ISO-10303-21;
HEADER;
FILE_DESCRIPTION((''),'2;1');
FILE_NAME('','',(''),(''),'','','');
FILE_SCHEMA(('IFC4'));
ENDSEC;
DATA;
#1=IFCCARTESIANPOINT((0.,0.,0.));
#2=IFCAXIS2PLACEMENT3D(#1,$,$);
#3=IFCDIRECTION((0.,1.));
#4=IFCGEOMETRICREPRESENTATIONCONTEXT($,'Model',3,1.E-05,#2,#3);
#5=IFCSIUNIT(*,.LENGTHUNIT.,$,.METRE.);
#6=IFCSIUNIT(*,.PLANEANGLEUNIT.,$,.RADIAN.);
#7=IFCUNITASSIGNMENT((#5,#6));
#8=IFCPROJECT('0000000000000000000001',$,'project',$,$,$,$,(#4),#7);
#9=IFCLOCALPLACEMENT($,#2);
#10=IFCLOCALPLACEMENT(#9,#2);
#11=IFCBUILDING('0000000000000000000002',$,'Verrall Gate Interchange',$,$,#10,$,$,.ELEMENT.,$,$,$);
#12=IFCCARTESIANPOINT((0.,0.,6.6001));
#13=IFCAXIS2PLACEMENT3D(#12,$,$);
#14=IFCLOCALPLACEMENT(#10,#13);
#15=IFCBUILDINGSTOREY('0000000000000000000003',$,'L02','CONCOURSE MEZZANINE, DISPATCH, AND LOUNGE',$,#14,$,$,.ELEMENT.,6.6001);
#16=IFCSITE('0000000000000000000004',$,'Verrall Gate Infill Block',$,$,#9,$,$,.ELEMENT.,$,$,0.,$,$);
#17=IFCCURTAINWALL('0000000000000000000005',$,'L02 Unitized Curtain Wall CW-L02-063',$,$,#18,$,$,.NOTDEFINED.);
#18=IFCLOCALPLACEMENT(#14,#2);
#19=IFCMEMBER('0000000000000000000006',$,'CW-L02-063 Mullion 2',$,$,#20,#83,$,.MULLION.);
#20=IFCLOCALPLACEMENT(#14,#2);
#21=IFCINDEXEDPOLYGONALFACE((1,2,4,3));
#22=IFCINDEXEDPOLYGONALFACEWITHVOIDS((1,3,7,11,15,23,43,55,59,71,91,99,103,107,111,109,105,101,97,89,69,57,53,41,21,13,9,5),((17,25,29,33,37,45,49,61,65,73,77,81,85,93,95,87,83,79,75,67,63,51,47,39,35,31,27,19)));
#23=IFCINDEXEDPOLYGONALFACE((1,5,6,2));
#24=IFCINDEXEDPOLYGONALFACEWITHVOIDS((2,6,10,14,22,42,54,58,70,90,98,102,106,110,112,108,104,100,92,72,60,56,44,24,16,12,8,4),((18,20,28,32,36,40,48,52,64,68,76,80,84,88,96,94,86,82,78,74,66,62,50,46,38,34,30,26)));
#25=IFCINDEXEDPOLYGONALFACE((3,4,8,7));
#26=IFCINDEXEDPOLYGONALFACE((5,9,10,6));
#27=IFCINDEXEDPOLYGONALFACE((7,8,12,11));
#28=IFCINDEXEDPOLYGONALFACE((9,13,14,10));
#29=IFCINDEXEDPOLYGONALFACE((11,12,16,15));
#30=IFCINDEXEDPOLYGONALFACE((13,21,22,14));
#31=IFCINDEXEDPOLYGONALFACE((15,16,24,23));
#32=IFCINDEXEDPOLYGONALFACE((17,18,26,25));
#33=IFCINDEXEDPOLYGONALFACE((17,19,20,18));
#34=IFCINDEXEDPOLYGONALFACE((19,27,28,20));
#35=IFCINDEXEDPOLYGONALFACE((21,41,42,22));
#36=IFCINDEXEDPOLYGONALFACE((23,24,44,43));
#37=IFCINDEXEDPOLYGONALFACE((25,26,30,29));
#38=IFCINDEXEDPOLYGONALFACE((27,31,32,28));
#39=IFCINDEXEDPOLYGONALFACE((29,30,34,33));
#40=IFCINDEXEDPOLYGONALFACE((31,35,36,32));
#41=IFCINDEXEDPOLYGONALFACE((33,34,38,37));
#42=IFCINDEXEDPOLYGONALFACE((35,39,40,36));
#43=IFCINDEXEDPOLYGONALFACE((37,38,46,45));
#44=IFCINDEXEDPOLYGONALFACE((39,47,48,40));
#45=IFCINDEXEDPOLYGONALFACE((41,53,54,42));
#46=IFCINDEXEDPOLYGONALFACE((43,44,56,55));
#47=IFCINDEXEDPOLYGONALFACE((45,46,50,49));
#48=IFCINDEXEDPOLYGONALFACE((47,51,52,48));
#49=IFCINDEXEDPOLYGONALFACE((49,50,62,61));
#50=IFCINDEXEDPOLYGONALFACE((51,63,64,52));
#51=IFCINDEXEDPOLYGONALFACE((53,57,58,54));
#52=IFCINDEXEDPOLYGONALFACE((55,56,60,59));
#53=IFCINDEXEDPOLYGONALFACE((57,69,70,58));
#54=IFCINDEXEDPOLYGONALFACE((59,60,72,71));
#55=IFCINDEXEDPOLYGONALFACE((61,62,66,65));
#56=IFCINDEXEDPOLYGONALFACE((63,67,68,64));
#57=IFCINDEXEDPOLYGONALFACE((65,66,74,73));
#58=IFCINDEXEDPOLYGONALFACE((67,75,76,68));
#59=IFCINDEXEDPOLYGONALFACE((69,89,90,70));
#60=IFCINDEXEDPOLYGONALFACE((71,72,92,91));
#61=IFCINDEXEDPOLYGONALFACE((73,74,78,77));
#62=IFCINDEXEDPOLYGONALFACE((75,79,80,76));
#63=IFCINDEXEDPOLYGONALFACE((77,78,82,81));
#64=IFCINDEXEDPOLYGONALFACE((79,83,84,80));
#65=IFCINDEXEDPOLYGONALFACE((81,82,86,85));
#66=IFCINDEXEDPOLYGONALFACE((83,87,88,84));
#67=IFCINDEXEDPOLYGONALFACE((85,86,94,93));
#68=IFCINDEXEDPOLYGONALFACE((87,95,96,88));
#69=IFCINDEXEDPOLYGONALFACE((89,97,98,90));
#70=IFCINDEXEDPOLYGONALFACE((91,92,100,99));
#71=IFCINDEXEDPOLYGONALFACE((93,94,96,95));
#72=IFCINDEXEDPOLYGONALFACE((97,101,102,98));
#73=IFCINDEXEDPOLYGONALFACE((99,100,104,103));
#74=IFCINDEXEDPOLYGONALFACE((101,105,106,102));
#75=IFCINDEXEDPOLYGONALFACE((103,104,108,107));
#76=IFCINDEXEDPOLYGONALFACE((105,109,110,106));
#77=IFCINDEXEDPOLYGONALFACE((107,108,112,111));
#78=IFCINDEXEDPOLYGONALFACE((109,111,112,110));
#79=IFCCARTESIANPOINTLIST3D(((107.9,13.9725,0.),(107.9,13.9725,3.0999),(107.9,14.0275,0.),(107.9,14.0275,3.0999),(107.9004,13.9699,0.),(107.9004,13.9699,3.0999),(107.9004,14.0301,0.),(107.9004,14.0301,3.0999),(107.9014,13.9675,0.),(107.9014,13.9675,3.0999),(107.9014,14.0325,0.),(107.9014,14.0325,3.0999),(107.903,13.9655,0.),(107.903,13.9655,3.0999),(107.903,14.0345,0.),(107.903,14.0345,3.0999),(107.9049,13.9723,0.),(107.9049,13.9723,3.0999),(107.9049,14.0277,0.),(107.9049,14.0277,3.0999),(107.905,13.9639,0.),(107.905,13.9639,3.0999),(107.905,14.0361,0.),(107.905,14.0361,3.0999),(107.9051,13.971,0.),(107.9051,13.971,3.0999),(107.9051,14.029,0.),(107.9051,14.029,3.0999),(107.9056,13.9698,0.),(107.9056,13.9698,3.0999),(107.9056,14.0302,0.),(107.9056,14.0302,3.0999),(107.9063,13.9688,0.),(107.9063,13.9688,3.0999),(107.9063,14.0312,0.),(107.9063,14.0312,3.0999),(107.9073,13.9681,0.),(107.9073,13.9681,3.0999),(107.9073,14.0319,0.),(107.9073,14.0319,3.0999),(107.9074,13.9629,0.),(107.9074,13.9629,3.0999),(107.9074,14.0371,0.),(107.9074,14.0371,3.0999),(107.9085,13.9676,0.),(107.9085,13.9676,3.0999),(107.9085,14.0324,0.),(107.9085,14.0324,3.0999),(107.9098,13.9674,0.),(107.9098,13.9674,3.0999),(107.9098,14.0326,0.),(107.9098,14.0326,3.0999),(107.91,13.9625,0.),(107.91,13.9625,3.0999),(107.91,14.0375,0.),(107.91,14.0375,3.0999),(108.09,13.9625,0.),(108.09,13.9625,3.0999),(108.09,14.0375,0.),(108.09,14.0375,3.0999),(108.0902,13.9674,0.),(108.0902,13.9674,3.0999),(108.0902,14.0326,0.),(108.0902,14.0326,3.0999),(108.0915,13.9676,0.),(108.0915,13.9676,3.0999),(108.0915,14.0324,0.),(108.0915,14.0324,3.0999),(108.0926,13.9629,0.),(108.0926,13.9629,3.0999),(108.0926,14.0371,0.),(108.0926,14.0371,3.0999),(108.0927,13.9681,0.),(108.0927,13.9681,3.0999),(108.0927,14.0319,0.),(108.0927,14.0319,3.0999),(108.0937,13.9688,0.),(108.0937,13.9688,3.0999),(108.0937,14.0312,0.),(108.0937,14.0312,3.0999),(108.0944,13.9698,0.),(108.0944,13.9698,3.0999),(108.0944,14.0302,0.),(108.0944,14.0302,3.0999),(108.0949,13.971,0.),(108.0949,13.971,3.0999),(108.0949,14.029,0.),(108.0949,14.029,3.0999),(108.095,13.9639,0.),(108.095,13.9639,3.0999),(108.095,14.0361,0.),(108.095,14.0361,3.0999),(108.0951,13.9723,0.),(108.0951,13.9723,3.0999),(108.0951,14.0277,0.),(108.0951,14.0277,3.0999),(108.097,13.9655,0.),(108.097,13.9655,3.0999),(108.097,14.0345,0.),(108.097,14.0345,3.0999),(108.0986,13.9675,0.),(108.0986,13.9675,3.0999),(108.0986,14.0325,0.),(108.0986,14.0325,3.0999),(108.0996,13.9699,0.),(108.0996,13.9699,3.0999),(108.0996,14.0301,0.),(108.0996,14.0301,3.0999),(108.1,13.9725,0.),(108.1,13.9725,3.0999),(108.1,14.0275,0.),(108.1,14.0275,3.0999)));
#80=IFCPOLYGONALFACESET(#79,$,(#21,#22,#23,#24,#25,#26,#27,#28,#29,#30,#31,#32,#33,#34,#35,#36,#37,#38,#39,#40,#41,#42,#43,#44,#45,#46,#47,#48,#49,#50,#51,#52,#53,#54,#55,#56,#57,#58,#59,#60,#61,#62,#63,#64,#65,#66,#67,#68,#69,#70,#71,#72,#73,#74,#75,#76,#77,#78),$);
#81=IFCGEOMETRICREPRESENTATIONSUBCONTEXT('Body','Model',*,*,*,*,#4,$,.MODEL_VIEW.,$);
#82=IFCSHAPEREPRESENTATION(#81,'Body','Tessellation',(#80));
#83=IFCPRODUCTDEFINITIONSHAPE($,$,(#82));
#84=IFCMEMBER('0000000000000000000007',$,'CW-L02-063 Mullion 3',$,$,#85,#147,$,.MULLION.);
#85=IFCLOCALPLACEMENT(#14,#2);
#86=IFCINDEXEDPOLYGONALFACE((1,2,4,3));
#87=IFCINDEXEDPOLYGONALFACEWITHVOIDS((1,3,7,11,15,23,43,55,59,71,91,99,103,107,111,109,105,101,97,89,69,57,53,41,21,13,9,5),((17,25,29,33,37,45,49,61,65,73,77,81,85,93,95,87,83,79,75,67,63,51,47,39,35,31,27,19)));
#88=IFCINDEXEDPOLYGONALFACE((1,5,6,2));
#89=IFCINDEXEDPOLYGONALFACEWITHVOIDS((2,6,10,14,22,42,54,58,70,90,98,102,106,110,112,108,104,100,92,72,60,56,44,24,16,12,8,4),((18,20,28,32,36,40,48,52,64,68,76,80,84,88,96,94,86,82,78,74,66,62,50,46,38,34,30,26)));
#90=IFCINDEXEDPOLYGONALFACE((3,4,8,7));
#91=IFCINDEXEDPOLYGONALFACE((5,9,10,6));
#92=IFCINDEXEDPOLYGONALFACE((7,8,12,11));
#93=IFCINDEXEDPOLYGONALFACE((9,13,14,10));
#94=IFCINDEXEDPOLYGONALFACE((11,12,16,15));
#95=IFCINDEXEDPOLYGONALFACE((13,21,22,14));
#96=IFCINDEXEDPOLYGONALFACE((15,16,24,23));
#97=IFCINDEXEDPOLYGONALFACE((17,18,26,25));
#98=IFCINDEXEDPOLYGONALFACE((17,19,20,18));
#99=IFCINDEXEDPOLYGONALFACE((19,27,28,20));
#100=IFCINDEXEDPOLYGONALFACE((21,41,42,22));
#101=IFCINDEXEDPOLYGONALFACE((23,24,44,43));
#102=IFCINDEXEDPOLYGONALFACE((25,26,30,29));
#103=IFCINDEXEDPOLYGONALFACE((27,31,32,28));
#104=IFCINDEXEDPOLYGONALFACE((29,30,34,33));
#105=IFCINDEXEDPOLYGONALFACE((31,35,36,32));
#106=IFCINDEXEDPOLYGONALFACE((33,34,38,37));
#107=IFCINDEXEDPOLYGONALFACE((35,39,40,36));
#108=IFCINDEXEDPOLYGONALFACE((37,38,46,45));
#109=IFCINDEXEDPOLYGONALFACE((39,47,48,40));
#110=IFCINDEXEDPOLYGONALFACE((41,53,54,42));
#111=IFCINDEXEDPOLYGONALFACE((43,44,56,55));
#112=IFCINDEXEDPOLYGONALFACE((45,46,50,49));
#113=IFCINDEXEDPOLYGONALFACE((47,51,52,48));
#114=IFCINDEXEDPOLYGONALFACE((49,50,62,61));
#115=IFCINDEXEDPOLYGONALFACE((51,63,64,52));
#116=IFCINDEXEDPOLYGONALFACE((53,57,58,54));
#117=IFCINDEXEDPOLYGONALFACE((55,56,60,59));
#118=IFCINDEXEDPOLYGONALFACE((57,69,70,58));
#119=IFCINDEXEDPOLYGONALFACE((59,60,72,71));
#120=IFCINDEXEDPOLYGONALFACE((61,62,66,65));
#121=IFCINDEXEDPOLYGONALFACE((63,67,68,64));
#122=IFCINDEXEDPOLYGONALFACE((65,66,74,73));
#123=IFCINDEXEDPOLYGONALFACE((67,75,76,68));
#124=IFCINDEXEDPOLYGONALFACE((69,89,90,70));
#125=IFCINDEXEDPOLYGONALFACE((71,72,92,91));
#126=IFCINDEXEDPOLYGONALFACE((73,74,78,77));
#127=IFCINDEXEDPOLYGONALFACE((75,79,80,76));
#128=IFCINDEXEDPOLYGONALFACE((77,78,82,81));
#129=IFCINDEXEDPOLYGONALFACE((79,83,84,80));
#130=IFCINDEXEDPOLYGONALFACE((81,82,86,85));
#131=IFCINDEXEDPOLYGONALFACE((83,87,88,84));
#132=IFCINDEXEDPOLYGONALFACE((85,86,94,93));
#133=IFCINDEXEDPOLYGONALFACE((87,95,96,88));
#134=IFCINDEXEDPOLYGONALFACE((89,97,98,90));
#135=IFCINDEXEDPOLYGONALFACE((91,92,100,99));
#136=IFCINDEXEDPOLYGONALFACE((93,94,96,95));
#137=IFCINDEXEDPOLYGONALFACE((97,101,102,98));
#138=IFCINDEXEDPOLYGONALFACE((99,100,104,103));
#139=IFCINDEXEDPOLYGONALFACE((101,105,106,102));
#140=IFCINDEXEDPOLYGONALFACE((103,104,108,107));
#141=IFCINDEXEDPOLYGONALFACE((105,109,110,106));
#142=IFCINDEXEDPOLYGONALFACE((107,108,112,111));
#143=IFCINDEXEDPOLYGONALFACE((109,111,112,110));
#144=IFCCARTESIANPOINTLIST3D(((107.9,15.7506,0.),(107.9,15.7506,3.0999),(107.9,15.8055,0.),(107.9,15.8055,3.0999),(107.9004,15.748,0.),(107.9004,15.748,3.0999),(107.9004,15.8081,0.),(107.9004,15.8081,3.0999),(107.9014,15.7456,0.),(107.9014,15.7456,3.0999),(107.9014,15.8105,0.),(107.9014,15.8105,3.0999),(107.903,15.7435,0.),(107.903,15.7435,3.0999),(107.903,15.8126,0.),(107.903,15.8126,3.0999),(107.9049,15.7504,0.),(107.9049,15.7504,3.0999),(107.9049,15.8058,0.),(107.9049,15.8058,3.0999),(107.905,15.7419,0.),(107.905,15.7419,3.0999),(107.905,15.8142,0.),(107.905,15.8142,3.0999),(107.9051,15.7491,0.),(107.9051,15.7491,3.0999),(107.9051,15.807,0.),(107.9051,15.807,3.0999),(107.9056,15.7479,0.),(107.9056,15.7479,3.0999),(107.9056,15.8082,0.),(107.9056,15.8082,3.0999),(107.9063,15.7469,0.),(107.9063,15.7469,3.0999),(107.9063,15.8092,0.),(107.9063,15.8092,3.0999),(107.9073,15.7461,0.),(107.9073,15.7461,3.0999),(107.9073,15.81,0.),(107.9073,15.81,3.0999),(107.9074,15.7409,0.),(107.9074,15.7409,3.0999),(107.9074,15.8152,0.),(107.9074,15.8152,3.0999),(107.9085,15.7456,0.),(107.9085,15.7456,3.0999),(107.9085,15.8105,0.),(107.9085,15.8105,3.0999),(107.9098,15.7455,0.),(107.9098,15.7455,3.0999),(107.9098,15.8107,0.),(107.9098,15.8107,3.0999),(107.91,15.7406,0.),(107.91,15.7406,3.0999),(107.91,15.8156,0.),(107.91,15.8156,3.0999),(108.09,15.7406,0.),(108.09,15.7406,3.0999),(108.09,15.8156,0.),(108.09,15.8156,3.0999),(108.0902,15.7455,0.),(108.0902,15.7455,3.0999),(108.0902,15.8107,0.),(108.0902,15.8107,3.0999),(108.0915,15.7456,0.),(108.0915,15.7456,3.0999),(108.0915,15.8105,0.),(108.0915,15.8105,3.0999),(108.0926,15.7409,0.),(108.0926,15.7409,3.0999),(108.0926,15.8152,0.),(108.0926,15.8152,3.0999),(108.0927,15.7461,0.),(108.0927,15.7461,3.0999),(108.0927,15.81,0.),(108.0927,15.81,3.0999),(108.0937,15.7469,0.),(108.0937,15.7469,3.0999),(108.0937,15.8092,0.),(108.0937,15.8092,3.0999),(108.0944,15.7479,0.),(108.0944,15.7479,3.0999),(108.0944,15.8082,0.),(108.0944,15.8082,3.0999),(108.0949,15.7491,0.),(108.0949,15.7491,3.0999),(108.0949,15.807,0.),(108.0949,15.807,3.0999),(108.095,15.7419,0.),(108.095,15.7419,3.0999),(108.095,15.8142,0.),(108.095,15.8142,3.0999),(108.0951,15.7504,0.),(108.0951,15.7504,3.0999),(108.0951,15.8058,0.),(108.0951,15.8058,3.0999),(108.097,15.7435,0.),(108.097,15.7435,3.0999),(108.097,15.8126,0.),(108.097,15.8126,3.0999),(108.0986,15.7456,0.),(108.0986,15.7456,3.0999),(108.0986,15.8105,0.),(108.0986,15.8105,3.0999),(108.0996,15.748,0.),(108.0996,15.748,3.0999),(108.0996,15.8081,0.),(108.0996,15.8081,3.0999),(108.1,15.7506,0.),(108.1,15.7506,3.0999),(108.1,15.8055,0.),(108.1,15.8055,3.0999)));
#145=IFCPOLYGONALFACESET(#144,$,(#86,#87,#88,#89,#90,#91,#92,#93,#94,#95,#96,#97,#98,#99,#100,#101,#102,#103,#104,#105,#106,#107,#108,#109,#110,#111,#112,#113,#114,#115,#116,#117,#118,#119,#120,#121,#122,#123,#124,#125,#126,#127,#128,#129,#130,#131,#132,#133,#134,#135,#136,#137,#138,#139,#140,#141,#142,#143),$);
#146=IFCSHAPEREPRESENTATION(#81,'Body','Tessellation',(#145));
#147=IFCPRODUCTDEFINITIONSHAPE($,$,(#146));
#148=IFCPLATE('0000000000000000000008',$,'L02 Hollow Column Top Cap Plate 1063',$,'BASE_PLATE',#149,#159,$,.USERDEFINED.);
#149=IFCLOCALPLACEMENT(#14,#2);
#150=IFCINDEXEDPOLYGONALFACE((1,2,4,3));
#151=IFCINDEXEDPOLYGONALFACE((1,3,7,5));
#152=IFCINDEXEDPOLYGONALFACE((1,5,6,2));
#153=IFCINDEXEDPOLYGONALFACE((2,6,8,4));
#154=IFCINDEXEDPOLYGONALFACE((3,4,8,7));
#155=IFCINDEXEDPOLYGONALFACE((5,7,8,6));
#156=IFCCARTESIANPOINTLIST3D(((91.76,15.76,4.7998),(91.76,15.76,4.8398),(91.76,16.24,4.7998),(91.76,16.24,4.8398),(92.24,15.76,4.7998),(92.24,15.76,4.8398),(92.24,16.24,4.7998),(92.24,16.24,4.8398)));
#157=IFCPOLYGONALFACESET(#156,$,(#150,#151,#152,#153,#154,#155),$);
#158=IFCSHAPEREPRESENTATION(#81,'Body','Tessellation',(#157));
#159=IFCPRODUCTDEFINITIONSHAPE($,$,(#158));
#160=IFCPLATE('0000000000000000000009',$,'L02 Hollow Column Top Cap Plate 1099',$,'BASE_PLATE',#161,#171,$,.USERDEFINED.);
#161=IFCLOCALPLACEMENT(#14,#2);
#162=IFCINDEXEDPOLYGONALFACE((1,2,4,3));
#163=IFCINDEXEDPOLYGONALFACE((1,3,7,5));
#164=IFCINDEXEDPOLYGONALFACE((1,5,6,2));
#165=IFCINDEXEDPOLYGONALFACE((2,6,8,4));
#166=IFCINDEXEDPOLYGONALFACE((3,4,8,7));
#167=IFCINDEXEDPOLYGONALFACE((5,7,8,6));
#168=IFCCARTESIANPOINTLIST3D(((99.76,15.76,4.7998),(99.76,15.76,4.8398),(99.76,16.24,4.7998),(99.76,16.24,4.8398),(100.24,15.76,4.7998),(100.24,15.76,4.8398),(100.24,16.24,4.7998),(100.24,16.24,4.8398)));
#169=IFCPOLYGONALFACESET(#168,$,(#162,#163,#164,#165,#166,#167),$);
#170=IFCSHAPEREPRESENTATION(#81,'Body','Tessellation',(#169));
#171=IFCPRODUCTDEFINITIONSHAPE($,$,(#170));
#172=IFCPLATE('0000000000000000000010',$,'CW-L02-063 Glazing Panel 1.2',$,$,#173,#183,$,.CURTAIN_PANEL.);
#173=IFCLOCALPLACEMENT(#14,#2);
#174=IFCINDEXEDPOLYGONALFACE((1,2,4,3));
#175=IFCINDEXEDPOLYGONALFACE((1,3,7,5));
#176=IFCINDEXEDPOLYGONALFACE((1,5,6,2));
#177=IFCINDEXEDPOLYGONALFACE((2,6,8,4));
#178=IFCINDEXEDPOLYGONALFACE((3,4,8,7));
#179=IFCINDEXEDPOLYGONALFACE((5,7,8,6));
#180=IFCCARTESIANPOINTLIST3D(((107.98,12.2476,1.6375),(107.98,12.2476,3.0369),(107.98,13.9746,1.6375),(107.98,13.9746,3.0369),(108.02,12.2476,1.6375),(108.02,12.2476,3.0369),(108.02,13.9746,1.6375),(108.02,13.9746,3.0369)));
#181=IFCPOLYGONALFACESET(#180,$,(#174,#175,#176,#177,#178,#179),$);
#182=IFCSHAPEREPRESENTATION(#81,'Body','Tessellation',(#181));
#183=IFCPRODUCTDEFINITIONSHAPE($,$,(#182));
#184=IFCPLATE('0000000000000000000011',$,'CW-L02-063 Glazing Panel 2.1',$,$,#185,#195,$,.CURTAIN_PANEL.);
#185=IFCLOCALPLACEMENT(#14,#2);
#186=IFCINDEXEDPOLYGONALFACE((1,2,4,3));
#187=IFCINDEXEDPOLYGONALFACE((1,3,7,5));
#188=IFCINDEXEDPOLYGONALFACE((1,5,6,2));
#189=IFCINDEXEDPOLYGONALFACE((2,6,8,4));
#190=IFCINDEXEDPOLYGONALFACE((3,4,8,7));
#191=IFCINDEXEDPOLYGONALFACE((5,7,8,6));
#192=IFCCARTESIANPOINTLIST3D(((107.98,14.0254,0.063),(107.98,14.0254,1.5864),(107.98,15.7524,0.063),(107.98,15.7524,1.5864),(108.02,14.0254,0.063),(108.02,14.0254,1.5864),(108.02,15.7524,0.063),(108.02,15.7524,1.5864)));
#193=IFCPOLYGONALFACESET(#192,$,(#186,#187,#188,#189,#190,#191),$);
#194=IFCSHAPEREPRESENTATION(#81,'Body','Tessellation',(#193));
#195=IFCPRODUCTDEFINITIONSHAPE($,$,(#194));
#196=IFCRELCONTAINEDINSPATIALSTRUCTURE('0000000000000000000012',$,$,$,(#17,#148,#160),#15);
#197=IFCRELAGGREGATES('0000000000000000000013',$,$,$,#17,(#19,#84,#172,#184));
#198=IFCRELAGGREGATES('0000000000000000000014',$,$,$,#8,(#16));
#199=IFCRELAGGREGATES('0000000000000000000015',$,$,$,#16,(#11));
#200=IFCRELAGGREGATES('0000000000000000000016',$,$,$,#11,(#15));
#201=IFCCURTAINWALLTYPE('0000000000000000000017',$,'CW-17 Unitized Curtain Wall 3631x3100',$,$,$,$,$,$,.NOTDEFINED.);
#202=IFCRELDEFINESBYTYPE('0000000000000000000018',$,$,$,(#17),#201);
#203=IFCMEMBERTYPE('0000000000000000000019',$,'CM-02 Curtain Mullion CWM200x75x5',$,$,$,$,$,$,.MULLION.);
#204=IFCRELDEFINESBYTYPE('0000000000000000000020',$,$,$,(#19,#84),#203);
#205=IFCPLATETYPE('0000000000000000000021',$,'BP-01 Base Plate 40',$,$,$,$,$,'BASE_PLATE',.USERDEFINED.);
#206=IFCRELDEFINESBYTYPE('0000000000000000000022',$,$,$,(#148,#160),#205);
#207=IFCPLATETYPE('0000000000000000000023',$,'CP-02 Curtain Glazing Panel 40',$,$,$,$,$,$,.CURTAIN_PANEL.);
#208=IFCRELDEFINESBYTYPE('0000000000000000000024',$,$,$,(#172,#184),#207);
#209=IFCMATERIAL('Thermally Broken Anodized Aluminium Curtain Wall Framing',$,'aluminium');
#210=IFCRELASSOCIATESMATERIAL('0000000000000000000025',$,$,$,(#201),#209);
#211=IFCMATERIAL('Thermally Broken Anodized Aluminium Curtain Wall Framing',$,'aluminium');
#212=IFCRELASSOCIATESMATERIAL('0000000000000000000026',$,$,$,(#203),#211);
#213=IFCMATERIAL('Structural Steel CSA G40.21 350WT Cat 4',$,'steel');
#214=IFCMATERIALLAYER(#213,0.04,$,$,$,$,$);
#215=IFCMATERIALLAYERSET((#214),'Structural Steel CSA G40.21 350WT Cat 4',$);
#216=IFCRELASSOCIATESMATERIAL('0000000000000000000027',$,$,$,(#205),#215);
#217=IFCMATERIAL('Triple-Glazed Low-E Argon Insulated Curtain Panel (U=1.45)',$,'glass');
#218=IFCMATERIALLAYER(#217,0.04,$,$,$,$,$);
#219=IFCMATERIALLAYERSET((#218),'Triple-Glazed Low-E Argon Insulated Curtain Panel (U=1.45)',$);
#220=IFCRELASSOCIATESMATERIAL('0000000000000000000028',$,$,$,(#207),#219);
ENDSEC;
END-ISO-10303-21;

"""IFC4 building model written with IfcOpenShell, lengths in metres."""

from ifc_helpers import new_model, si_unit, direction, frame, origin, origin_2d, place, context, subcontext, project, spatial, rectangle, hollow_rectangle, extrude, material, layer, layer_set, material_profile, profile_set, type_object, element, aggregate, save


model = new_model("IFC4")

# Units and contexts
model_context = context("Model", 3, precision=1e-05, world=origin(), true_north=direction((0.0, 1.0)))
body_context = subcontext(model_context, "Body", "Model", "MODEL_VIEW")
ifc_project = project(units=[si_unit("LENGTHUNIT", "METRE"), si_unit("PLANEANGLEUNIT", "RADIAN")], contexts=[model_context])

# Site, building, storey
site_placement = place(None, origin())
site = spatial("IfcSite", under=ifc_project, at=site_placement, Name="Verrall Gate Infill Block", CompositionType="ELEMENT", RefElevation=0.0)
building_placement = place(site_placement, origin())
building = spatial("IfcBuilding", under=site, at=building_placement, Name="Verrall Gate Interchange", CompositionType="ELEMENT")
storey_placement = place(building_placement, frame((0.0, 0.0, 6.6001)))
storey = spatial("IfcBuildingStorey", under=building, at=storey_placement, Name="L02", Description="CONCOURSE MEZZANINE, DISPATCH, AND LOUNGE", CompositionType="ELEMENT", Elevation=6.6001)

# Curtain wall, members
ifc_material_1 = material(Name="Thermally Broken Anodized Aluminium Curtain Wall Framing", Category="aluminium")
curtain_wall_type = type_object("IfcCurtainWallType", Name="CW-17 Unitized Curtain Wall 3631x3100", PredefinedType="NOTDEFINED", material=ifc_material_1)
curtain_wall_placement = place(storey_placement, origin())
curtain_wall = element("IfcCurtainWall", 1, at=curtain_wall_placement, inside=storey, type_object=curtain_wall_type, Name="L02 Unitized Curtain Wall CW-L02-063", PredefinedType="NOTDEFINED")
ifc_material_2 = material(Name="Thermally Broken Anodized Aluminium Curtain Wall Framing", Category="aluminium")
ifc_material_profile_1 = material_profile(ifc_material_2, hollow_rectangle(XDim=0.075, YDim=0.2, WallThickness=0.0049, InnerFilletRadius=0.0049, OuterFilletRadius=0.01, at=origin_2d()), Name="CWM200x75x5")
ifc_profile_set_1 = profile_set([ifc_material_profile_1], Name="Thermally Broken Anodized Aluminium Curtain Wall Framing")
member_type = type_object("IfcMemberType", Name="CM-02 Curtain Mullion CWM200x75x5", PredefinedType="MULLION", material=ifc_profile_set_1)
member_1_placement = place(storey_placement, frame((108.0, 14.0, 0.0), z_axis=(0.0, 0.0, 1.0), x_axis=(0.0, 1.0, 0.0)))
member_1 = element("IfcMember", 2, at=member_1_placement, type_object=member_type, Name="CW-L02-063 Mullion 2", PredefinedType="MULLION", context=body_context, shape_type="SweptSolid", body=[
    extrude(hollow_rectangle(XDim=0.075, YDim=0.2, WallThickness=0.0049, InnerFilletRadius=0.0049, OuterFilletRadius=0.01, at=origin_2d()), origin(), (0.0, 0.0, 1.0), 3.0999),
])
member_2_placement = place(storey_placement, frame((108.0, 15.7781, 0.0), z_axis=(0.0, 0.0, 1.0), x_axis=(0.0, 1.0, 0.0)))
member_2 = element("IfcMember", 3, at=member_2_placement, type_object=member_type, Name="CW-L02-063 Mullion 3", PredefinedType="MULLION", context=body_context, shape_type="SweptSolid", body=[
    extrude(hollow_rectangle(XDim=0.075, YDim=0.2, WallThickness=0.0049, InnerFilletRadius=0.0049, OuterFilletRadius=0.01, at=origin_2d()), origin(), (0.0, 0.0, 1.0), 3.0999),
])

# Plates
ifc_material_3 = material(Name="Structural Steel CSA G40.21 350WT Cat 4", Category="steel")
ifc_layer_1 = layer(ifc_material_3, 0.04)
ifc_layer_set_1 = layer_set([ifc_layer_1], Name="Structural Steel CSA G40.21 350WT Cat 4")
plate_type_1 = type_object("IfcPlateType", Name="BP-01 Base Plate 40", ElementType="BASE_PLATE", PredefinedType="USERDEFINED", material=ifc_layer_set_1)
for number, where, z_axis, x_axis, name in (
    (4, (92.0, 16.0, 4.7998), (0.0, 0.0, 1.0), (1.0, 0.0, 0.0), "L02 Hollow Column Top Cap Plate 1063"),
    (5, (100.0, 16.0, 4.7998), (0.0, 0.0, 1.0), (1.0, 0.0, 0.0), "L02 Hollow Column Top Cap Plate 1099"),
):
    element("IfcPlate", number, at=place(storey_placement, frame(where, z_axis=z_axis, x_axis=x_axis)), inside=storey, type_object=plate_type_1, Name=name, ObjectType="BASE_PLATE", PredefinedType="USERDEFINED", context=body_context, shape_type="SweptSolid", body=[
        extrude(rectangle(XDim=0.48, YDim=0.48, at=origin_2d()), origin(), (0.0, 0.0, 1.0), 0.04),
    ])

# Plates
ifc_material_4 = material(Name="Triple-Glazed Low-E Argon Insulated Curtain Panel (U=1.45)", Category="glass")
ifc_layer_2 = layer(ifc_material_4, 0.04)
ifc_layer_set_2 = layer_set([ifc_layer_2], Name="Triple-Glazed Low-E Argon Insulated Curtain Panel (U=1.45)")
plate_type_2 = type_object("IfcPlateType", Name="CP-02 Curtain Glazing Panel 40", PredefinedType="CURTAIN_PANEL", material=ifc_layer_set_2)
plate_1_placement = place(storey_placement, frame((108.0, 13.1111, 1.6375), z_axis=(0.0, 0.0, 1.0), x_axis=(0.0, 1.0, 0.0)))
plate_1 = element("IfcPlate", 6, at=plate_1_placement, type_object=plate_type_2, Name="CW-L02-063 Glazing Panel 1.2", PredefinedType="CURTAIN_PANEL", context=body_context, shape_type="SweptSolid", body=[
    extrude(rectangle(XDim=1.7271, YDim=0.04, at=origin_2d()), origin(), (0.0, 0.0, 1.0), 1.3994),
])
plate_2_placement = place(storey_placement, frame((108.0, 14.8889, 0.063), z_axis=(0.0, 0.0, 1.0), x_axis=(0.0, 1.0, 0.0)))
plate_2 = element("IfcPlate", 7, at=plate_2_placement, type_object=plate_type_2, Name="CW-L02-063 Glazing Panel 2.1", PredefinedType="CURTAIN_PANEL", context=body_context, shape_type="SweptSolid", body=[
    extrude(rectangle(XDim=1.7271, YDim=0.04, at=origin_2d()), origin(), (0.0, 0.0, 1.0), 1.5234),
])
aggregate(curtain_wall, [member_1, member_2, plate_1, plate_2])

save(model, "model.ifc")
